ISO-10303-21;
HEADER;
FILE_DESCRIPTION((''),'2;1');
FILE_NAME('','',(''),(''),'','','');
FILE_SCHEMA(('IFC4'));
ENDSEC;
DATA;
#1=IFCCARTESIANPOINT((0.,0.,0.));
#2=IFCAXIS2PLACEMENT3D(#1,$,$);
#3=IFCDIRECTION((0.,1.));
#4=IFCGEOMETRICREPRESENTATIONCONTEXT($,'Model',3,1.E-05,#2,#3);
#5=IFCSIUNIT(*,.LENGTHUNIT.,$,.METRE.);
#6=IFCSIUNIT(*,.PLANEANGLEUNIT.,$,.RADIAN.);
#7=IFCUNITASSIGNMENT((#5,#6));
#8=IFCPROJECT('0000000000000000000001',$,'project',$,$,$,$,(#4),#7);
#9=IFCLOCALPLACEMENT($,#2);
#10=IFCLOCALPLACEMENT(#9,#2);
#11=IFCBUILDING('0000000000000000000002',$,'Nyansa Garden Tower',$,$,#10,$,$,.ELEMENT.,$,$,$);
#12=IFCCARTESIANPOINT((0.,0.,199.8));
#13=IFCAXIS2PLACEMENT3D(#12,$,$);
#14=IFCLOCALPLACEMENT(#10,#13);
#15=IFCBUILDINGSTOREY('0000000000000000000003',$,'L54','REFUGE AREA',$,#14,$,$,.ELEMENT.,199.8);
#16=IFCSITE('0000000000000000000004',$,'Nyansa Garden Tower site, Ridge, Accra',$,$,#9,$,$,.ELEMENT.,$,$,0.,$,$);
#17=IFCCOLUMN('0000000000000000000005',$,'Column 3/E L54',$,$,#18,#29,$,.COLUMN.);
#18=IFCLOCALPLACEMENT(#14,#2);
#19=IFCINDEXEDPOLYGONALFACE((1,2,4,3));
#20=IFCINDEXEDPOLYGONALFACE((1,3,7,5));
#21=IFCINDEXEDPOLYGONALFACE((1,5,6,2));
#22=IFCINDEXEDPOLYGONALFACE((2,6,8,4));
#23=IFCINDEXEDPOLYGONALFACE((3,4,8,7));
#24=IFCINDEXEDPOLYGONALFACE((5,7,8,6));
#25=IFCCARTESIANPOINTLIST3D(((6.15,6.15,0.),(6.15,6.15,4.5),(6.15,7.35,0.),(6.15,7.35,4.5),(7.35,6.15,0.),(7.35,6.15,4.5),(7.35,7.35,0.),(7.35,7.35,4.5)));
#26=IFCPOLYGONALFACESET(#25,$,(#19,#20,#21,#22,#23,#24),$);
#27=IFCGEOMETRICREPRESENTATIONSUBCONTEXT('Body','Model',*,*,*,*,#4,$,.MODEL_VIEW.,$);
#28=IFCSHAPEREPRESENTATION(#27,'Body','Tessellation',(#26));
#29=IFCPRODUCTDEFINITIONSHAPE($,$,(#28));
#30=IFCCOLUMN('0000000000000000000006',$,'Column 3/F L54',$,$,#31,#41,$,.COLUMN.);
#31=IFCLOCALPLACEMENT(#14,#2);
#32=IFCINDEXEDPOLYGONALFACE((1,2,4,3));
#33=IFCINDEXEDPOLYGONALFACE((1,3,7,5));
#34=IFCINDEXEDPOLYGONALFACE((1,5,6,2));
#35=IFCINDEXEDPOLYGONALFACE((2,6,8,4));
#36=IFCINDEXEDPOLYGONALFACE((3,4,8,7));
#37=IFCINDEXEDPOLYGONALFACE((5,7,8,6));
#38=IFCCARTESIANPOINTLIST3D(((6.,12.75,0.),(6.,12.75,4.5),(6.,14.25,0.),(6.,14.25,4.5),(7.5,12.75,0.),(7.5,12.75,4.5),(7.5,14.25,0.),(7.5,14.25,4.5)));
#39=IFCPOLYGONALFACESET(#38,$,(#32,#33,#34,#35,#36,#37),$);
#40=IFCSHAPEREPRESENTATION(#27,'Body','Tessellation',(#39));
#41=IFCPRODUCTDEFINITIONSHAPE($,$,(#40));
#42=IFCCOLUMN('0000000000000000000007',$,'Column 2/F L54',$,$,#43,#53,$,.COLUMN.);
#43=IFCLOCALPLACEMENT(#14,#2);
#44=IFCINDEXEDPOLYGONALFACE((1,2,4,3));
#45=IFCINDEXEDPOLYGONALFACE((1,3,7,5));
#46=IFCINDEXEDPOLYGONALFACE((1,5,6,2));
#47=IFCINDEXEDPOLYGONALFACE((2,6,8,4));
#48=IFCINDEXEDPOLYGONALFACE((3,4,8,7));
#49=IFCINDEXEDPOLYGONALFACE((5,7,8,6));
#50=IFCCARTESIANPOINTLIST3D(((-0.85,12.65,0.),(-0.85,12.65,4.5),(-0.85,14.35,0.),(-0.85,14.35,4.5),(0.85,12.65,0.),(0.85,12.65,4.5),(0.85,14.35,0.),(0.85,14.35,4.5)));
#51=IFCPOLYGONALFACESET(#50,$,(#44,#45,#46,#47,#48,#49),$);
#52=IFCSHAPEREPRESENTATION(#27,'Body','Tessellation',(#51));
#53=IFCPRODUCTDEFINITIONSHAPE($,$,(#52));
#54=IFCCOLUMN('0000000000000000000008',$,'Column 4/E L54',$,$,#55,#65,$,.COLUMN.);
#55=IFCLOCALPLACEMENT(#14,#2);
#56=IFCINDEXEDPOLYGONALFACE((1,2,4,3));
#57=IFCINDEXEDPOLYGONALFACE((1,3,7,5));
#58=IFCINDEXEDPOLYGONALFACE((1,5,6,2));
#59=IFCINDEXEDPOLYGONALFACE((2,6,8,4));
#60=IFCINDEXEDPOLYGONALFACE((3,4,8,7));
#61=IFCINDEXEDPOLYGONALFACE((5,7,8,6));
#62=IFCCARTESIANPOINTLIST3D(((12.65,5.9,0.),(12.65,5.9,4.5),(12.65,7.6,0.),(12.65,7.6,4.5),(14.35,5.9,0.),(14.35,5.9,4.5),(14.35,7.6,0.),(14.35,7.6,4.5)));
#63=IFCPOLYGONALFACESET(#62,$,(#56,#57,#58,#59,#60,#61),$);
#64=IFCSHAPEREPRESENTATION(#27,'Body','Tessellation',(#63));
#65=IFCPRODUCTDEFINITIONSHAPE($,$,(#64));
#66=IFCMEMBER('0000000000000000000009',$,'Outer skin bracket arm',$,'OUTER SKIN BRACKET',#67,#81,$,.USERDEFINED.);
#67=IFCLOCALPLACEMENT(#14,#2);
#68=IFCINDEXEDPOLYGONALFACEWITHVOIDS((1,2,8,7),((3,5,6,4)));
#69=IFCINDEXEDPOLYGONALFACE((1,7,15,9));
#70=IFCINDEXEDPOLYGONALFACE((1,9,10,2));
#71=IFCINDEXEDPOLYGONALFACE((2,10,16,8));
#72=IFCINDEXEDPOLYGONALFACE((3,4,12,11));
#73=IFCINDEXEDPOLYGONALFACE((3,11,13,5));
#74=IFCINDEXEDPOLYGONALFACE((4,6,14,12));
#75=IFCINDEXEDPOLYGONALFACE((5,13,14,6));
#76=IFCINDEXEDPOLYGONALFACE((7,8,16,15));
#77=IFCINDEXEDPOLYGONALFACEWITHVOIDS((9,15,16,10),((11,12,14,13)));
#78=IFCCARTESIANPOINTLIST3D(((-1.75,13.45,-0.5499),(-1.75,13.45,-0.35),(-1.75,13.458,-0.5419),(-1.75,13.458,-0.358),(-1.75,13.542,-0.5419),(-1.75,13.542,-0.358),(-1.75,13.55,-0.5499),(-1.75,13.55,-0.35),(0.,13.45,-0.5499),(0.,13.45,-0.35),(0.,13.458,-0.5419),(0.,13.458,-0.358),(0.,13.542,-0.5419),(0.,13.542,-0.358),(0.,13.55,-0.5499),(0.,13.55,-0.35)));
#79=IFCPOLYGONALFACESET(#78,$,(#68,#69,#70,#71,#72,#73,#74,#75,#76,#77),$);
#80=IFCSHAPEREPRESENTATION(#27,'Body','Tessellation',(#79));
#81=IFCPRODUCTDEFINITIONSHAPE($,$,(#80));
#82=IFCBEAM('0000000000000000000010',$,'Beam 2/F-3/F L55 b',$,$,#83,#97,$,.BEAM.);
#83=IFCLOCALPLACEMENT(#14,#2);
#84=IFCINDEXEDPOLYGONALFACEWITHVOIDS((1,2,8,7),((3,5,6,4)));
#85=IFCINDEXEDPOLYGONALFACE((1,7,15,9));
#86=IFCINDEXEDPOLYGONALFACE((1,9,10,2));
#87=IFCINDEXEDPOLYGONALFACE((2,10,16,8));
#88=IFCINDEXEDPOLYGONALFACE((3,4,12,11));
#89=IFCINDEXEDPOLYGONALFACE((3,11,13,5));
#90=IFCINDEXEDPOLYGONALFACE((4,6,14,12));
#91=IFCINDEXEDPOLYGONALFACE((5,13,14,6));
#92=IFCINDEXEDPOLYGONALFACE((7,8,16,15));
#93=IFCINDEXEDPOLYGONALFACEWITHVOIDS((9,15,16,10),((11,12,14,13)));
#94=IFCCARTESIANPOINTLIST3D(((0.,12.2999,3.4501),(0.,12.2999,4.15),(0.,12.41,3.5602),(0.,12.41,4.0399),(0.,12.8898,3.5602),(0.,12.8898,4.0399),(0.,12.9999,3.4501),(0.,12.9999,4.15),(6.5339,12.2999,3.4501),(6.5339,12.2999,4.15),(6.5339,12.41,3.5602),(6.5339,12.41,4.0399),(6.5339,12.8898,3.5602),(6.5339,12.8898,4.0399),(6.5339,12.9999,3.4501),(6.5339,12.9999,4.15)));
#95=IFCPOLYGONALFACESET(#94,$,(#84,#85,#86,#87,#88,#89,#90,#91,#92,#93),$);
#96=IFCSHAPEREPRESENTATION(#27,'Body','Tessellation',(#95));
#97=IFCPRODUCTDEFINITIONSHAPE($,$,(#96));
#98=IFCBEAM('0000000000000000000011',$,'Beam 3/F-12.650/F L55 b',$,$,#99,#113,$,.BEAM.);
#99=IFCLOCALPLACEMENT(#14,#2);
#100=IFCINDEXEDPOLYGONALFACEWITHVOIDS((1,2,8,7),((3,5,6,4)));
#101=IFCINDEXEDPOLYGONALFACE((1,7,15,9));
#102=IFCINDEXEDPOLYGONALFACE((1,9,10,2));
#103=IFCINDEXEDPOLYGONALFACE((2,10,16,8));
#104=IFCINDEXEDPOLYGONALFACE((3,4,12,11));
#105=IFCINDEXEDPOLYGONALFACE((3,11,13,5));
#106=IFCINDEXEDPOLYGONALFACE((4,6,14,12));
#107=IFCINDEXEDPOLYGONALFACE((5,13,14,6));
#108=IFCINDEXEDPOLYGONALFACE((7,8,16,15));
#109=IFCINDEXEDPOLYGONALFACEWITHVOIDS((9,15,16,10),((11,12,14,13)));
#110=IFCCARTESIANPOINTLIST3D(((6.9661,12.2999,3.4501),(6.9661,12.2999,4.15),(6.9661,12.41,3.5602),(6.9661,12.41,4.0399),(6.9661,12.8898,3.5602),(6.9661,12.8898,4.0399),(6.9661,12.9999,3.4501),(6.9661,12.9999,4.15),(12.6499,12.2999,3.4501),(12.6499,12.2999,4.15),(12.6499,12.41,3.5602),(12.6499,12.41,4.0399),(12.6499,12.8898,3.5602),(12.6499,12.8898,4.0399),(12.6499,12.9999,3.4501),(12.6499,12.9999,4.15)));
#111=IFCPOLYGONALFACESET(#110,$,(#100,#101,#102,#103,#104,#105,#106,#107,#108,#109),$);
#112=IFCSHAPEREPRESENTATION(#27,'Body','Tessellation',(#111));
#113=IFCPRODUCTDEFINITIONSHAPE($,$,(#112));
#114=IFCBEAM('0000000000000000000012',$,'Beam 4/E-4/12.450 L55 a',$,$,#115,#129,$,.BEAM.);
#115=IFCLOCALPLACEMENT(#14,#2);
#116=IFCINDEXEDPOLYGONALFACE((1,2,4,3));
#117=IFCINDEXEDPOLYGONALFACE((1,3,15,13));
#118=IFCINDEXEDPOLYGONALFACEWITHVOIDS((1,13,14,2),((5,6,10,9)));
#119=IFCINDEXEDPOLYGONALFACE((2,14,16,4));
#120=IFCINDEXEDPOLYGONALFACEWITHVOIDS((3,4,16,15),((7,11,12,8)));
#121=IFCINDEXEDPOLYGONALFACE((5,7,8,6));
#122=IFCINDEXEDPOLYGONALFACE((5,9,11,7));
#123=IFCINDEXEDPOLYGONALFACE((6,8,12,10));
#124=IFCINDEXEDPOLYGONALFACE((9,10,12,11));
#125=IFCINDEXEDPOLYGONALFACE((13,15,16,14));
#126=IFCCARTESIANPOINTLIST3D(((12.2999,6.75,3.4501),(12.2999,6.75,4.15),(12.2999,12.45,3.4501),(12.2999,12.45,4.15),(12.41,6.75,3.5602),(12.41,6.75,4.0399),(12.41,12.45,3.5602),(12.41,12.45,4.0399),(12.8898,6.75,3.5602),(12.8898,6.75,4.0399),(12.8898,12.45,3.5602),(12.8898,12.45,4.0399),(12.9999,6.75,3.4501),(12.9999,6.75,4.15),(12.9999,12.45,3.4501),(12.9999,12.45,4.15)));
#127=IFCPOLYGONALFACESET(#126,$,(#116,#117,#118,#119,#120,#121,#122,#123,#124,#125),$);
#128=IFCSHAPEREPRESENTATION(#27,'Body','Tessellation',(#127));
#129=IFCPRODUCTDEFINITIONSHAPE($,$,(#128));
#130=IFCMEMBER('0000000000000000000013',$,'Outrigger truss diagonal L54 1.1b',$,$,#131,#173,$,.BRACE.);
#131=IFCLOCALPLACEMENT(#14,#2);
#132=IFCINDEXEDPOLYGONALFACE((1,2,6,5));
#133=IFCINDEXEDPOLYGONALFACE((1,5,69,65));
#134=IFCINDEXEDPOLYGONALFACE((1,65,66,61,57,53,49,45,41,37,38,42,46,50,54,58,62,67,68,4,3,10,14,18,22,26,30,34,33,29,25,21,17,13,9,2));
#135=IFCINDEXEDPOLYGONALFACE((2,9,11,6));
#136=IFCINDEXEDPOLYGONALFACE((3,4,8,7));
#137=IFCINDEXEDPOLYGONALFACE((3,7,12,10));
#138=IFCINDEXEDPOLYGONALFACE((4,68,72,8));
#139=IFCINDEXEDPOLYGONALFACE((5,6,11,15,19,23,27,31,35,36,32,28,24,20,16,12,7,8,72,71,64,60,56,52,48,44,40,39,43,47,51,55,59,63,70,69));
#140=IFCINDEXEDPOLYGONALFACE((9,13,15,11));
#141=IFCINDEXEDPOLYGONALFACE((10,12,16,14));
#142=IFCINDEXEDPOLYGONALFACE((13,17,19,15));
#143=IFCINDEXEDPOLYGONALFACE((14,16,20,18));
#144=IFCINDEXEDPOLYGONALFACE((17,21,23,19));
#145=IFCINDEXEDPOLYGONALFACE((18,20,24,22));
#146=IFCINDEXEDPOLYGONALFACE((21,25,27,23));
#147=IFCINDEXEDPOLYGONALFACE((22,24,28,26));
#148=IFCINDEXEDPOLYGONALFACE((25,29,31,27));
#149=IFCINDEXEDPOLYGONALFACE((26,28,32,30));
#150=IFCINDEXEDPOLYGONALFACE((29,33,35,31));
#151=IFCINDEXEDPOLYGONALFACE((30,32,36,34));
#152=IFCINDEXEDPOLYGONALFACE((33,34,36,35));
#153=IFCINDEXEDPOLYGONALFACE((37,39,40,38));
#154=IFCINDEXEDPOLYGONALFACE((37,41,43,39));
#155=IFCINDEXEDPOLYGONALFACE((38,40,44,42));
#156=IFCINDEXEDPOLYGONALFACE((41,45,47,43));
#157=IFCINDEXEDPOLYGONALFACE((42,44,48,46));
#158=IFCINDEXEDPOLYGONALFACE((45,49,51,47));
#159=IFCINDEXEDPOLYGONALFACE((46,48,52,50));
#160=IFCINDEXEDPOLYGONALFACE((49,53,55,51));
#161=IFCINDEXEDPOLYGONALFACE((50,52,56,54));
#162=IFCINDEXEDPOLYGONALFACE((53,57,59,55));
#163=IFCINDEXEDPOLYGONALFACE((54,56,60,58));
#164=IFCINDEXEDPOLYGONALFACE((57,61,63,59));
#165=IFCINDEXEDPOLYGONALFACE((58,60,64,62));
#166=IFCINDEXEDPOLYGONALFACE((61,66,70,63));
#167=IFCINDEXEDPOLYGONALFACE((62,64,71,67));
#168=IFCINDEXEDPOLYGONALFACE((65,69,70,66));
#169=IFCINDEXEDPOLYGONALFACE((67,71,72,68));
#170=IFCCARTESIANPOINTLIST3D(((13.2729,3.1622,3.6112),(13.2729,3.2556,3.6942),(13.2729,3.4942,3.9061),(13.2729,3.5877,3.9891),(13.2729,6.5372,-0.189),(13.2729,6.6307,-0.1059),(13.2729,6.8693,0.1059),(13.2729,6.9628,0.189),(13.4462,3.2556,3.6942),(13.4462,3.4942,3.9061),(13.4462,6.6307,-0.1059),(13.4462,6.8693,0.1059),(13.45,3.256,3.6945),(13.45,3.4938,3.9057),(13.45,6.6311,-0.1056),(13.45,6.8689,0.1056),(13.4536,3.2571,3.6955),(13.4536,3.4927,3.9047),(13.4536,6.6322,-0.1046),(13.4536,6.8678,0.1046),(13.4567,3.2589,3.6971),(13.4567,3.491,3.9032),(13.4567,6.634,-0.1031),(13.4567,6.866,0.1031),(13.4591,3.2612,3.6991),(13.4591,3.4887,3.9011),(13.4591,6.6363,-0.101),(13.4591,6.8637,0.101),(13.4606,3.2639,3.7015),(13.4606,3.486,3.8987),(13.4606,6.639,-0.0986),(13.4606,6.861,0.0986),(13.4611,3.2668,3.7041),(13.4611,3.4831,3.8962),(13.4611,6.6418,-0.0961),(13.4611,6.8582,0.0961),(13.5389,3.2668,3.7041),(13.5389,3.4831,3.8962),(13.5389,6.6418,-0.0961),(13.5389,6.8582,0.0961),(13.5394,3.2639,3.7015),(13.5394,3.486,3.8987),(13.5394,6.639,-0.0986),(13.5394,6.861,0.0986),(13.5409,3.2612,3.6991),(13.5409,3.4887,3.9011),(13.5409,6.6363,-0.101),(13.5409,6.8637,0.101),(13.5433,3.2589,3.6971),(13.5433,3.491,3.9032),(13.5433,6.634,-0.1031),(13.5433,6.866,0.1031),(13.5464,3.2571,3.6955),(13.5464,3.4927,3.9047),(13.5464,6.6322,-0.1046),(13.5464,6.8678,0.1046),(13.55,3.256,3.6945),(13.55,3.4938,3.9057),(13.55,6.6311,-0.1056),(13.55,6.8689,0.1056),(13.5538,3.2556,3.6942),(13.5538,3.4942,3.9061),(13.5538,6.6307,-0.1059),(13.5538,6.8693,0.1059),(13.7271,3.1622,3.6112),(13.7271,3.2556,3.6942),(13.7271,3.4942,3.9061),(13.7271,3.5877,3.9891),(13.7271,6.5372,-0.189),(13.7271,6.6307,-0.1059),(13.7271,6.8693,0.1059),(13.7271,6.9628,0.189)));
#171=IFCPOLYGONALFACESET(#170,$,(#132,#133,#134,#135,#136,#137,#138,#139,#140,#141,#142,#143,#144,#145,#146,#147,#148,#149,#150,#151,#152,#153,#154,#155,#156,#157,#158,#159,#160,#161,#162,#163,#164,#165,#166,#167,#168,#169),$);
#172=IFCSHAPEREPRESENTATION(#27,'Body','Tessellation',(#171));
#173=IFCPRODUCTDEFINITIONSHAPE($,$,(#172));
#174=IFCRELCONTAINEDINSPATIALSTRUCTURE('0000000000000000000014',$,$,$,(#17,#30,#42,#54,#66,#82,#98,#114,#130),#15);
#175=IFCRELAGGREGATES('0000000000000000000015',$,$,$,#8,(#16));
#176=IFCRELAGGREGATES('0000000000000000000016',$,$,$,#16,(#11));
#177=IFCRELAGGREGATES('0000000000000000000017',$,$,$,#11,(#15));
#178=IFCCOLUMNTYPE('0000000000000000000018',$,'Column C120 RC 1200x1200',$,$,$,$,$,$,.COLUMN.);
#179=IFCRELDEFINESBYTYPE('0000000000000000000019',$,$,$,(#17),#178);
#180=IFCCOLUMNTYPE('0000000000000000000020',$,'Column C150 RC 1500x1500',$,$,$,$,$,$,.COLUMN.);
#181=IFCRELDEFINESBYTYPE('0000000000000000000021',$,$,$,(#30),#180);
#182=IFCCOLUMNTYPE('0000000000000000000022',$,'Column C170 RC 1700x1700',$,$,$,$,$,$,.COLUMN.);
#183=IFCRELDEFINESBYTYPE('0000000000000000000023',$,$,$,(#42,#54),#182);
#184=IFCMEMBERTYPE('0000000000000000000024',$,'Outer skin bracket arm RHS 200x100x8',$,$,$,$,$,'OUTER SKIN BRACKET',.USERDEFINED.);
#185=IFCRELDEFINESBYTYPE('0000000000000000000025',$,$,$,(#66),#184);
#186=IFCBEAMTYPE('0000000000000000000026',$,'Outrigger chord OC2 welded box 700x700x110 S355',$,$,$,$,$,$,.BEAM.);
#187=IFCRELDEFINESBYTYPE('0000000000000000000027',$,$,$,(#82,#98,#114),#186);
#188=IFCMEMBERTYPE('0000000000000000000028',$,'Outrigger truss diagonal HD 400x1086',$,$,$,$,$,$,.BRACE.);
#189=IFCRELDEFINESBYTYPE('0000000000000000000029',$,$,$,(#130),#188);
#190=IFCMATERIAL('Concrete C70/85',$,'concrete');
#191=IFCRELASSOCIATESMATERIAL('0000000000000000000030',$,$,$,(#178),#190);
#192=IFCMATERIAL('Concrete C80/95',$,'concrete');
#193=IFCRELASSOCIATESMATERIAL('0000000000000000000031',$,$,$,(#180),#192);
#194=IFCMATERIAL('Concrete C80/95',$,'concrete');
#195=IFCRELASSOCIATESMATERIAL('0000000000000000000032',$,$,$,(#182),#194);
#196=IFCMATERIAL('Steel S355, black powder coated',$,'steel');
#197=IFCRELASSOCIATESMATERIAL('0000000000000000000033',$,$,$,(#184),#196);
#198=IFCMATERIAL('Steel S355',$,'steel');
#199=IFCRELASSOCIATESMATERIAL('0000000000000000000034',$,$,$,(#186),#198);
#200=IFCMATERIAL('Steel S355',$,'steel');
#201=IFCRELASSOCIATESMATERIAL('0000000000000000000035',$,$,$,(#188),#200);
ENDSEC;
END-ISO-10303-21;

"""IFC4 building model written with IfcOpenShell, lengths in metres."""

from ifc_helpers import new_model, si_unit, direction, frame, origin, origin_2d, place, context, subcontext, project, spatial, rectangle, hollow_rectangle, i_section, extrude, material, material_profile, profile_set, type_object, element, save


model = new_model("IFC4")

# Units and contexts
model_context = context("Model", 3, precision=1e-05, world=origin(), true_north=direction((0.0, 1.0)))
body_context = subcontext(model_context, "Body", "Model", "MODEL_VIEW")
ifc_project = project(units=[si_unit("LENGTHUNIT", "METRE"), si_unit("PLANEANGLEUNIT", "RADIAN")], contexts=[model_context])

# Site, building, storey
site_placement = place(None, origin())
site = spatial("IfcSite", under=ifc_project, at=site_placement, Name="Nyansa Garden Tower site, Ridge, Accra", CompositionType="ELEMENT", RefElevation=0.0)
building_placement = place(site_placement, origin())
building = spatial("IfcBuilding", under=site, at=building_placement, Name="Nyansa Garden Tower", CompositionType="ELEMENT")
storey_placement = place(building_placement, frame((0.0, 0.0, 199.8)))
storey = spatial("IfcBuildingStorey", under=building, at=storey_placement, Name="L54", Description="REFUGE AREA", CompositionType="ELEMENT", Elevation=199.8)

# Columns
ifc_material_1 = material(Name="Concrete C70/85", Category="concrete")
ifc_material_profile_1 = material_profile(ifc_material_1, rectangle(XDim=1.2, YDim=1.2, at=origin_2d()), Name="RC 1200x1200")
ifc_profile_set_1 = profile_set([ifc_material_profile_1], Name="Concrete C70/85")
column_type_1 = type_object("IfcColumnType", Name="Column C120 RC 1200x1200", PredefinedType="COLUMN", material=ifc_profile_set_1)
column_1_placement = place(storey_placement, frame((6.75, 6.75, 0.0), z_axis=(0.0, 0.0, 1.0), x_axis=(1.0, 0.0, 0.0)))
element("IfcColumn", 1, at=column_1_placement, inside=storey, type_object=column_type_1, Name="Column 3/E L54", PredefinedType="COLUMN", context=body_context, shape_type="SweptSolid", body=[
    extrude(rectangle(XDim=1.2, YDim=1.2, at=origin_2d()), origin(), (0.0, 0.0, 1.0), 4.5),
])
ifc_material_2 = material(Name="Concrete C80/95", Category="concrete")
ifc_material_profile_2 = material_profile(ifc_material_2, rectangle(XDim=1.5, YDim=1.5, at=origin_2d()), Name="RC 1500x1500")
ifc_profile_set_2 = profile_set([ifc_material_profile_2], Name="Concrete C80/95")
column_type_2 = type_object("IfcColumnType", Name="Column C150 RC 1500x1500", PredefinedType="COLUMN", material=ifc_profile_set_2)
column_2_placement = place(storey_placement, frame((6.75, 13.5, 0.0), z_axis=(0.0, 0.0, 1.0), x_axis=(1.0, 0.0, 0.0)))
element("IfcColumn", 2, at=column_2_placement, inside=storey, type_object=column_type_2, Name="Column 3/F L54", PredefinedType="COLUMN", context=body_context, shape_type="SweptSolid", body=[
    extrude(rectangle(XDim=1.5, YDim=1.5, at=origin_2d()), origin(), (0.0, 0.0, 1.0), 4.5),
])
ifc_material_3 = material(Name="Concrete C80/95", Category="concrete")
ifc_material_profile_3 = material_profile(ifc_material_3, rectangle(XDim=1.7, YDim=1.7, at=origin_2d()), Name="RC 1700x1700")
ifc_profile_set_3 = profile_set([ifc_material_profile_3], Name="Concrete C80/95")
column_type_3 = type_object("IfcColumnType", Name="Column C170 RC 1700x1700", PredefinedType="COLUMN", material=ifc_profile_set_3)
for number, where, z_axis, x_axis, name in (
    (3, (0.0, 13.5, 0.0), (0.0, 0.0, 1.0), (1.0, 0.0, 0.0), "Column 2/F L54"),
    (4, (13.5, 6.75, 0.0), (0.0, 0.0, 1.0), (1.0, 0.0, 0.0), "Column 4/E L54"),
):
    element("IfcColumn", number, at=place(storey_placement, frame(where, z_axis=z_axis, x_axis=x_axis)), inside=storey, type_object=column_type_3, Name=name, PredefinedType="COLUMN", context=body_context, shape_type="SweptSolid", body=[
        extrude(rectangle(XDim=1.7, YDim=1.7, at=origin_2d()), origin(), (0.0, 0.0, 1.0), 4.5),
    ])

# Member
ifc_material_4 = material(Name="Steel S355, black powder coated", Category="steel")
ifc_material_profile_4 = material_profile(ifc_material_4, hollow_rectangle(XDim=0.1001, YDim=0.2, WallThickness=0.0081, at=origin_2d()), Name="RHS 200x100x8")
ifc_profile_set_4 = profile_set([ifc_material_profile_4], Name="Steel S355, black powder coated")
member_type_1 = type_object("IfcMemberType", Name="Outer skin bracket arm RHS 200x100x8", ElementType="OUTER SKIN BRACKET", PredefinedType="USERDEFINED", material=ifc_profile_set_4)
member_1_placement = place(storey_placement, frame((0.0, 13.5, -0.45), z_axis=(-1.0, 0.0, 0.0), x_axis=(0.0, -1.0, 0.0)))
element("IfcMember", 5, at=member_1_placement, inside=storey, type_object=member_type_1, Name="Outer skin bracket arm", ObjectType="OUTER SKIN BRACKET", PredefinedType="USERDEFINED", context=body_context, shape_type="SweptSolid", body=[
    extrude(hollow_rectangle(XDim=0.1001, YDim=0.2, WallThickness=0.0081, at=origin_2d()), origin(), (0.0, 0.0, 1.0), 1.75),
])

# Beams
ifc_material_5 = material(Name="Steel S355", Category="steel")
ifc_material_profile_5 = material_profile(ifc_material_5, hollow_rectangle(XDim=0.7, YDim=0.7, WallThickness=0.1101, at=origin_2d()), Name="Welded box 700x700x110")
ifc_profile_set_5 = profile_set([ifc_material_profile_5], Name="Steel S355")
beam_type_1 = type_object("IfcBeamType", Name="Outrigger chord OC2 welded box 700x700x110 S355", PredefinedType="BEAM", material=ifc_profile_set_5)
beam_1_placement = place(storey_placement, frame((0.0, 12.6499, 3.8), z_axis=(1.0, 0.0, 0.0), x_axis=(0.0, 1.0, 0.0)))
element("IfcBeam", 6, at=beam_1_placement, inside=storey, type_object=beam_type_1, Name="Beam 2/F-3/F L55 b", PredefinedType="BEAM", context=body_context, shape_type="SweptSolid", body=[
    extrude(hollow_rectangle(XDim=0.7, YDim=0.7, WallThickness=0.1101, at=origin_2d()), origin(), (0.0, 0.0, 1.0), 6.5339),
])
beam_2_placement = place(storey_placement, frame((6.9661, 12.6499, 3.8), z_axis=(1.0, 0.0, 0.0), x_axis=(0.0, 1.0, 0.0)))
element("IfcBeam", 7, at=beam_2_placement, inside=storey, type_object=beam_type_1, Name="Beam 3/F-12.650/F L55 b", PredefinedType="BEAM", context=body_context, shape_type="SweptSolid", body=[
    extrude(hollow_rectangle(XDim=0.7, YDim=0.7, WallThickness=0.1101, at=origin_2d()), origin(), (0.0, 0.0, 1.0), 5.6838),
])
beam_3_placement = place(storey_placement, frame((12.6499, 6.75, 3.8), z_axis=(0.0, 1.0, 0.0), x_axis=(-1.0, 0.0, 0.0)))
element("IfcBeam", 8, at=beam_3_placement, inside=storey, type_object=beam_type_1, Name="Beam 4/E-4/12.450 L55 a", PredefinedType="BEAM", context=body_context, shape_type="SweptSolid", body=[
    extrude(hollow_rectangle(XDim=0.7, YDim=0.7, WallThickness=0.1101, at=origin_2d()), origin(), (0.0, 0.0, 1.0), 5.7),
])

# Member
ifc_material_6 = material(Name="Steel S355", Category="steel")
ifc_material_profile_6 = material_profile(ifc_material_6, i_section(OverallWidth=0.4541, OverallDepth=0.5691, WebThickness=0.0779, FlangeThickness=0.125, FilletRadius=0.0149, at=origin_2d()), Name="HD 400x1086")
ifc_profile_set_6 = profile_set([ifc_material_profile_6], Name="Steel S355")
member_type_2 = type_object("IfcMemberType", Name="Outrigger truss diagonal HD 400x1086", PredefinedType="BRACE", material=ifc_profile_set_6)
for number, where, z_axis, x_axis, name in (
    (9, (13.5, 6.75, 0.0), (0.0, -0.664054, 0.747685), (1.0, 0.0, 0.0), "Outrigger truss diagonal L54 1.1b"),
):
    element("IfcMember", number, at=place(storey_placement, frame(where, z_axis=z_axis, x_axis=x_axis)), inside=storey, type_object=member_type_2, Name=name, PredefinedType="BRACE", context=body_context, shape_type="SweptSolid", body=[
        extrude(i_section(OverallWidth=0.4541, OverallDepth=0.5691, WebThickness=0.0779, FlangeThickness=0.125, FilletRadius=0.0149, at=origin_2d()), origin(), (0.0, 0.0, 1.0), 5.0825),
    ])

save(model, "model.ifc")
